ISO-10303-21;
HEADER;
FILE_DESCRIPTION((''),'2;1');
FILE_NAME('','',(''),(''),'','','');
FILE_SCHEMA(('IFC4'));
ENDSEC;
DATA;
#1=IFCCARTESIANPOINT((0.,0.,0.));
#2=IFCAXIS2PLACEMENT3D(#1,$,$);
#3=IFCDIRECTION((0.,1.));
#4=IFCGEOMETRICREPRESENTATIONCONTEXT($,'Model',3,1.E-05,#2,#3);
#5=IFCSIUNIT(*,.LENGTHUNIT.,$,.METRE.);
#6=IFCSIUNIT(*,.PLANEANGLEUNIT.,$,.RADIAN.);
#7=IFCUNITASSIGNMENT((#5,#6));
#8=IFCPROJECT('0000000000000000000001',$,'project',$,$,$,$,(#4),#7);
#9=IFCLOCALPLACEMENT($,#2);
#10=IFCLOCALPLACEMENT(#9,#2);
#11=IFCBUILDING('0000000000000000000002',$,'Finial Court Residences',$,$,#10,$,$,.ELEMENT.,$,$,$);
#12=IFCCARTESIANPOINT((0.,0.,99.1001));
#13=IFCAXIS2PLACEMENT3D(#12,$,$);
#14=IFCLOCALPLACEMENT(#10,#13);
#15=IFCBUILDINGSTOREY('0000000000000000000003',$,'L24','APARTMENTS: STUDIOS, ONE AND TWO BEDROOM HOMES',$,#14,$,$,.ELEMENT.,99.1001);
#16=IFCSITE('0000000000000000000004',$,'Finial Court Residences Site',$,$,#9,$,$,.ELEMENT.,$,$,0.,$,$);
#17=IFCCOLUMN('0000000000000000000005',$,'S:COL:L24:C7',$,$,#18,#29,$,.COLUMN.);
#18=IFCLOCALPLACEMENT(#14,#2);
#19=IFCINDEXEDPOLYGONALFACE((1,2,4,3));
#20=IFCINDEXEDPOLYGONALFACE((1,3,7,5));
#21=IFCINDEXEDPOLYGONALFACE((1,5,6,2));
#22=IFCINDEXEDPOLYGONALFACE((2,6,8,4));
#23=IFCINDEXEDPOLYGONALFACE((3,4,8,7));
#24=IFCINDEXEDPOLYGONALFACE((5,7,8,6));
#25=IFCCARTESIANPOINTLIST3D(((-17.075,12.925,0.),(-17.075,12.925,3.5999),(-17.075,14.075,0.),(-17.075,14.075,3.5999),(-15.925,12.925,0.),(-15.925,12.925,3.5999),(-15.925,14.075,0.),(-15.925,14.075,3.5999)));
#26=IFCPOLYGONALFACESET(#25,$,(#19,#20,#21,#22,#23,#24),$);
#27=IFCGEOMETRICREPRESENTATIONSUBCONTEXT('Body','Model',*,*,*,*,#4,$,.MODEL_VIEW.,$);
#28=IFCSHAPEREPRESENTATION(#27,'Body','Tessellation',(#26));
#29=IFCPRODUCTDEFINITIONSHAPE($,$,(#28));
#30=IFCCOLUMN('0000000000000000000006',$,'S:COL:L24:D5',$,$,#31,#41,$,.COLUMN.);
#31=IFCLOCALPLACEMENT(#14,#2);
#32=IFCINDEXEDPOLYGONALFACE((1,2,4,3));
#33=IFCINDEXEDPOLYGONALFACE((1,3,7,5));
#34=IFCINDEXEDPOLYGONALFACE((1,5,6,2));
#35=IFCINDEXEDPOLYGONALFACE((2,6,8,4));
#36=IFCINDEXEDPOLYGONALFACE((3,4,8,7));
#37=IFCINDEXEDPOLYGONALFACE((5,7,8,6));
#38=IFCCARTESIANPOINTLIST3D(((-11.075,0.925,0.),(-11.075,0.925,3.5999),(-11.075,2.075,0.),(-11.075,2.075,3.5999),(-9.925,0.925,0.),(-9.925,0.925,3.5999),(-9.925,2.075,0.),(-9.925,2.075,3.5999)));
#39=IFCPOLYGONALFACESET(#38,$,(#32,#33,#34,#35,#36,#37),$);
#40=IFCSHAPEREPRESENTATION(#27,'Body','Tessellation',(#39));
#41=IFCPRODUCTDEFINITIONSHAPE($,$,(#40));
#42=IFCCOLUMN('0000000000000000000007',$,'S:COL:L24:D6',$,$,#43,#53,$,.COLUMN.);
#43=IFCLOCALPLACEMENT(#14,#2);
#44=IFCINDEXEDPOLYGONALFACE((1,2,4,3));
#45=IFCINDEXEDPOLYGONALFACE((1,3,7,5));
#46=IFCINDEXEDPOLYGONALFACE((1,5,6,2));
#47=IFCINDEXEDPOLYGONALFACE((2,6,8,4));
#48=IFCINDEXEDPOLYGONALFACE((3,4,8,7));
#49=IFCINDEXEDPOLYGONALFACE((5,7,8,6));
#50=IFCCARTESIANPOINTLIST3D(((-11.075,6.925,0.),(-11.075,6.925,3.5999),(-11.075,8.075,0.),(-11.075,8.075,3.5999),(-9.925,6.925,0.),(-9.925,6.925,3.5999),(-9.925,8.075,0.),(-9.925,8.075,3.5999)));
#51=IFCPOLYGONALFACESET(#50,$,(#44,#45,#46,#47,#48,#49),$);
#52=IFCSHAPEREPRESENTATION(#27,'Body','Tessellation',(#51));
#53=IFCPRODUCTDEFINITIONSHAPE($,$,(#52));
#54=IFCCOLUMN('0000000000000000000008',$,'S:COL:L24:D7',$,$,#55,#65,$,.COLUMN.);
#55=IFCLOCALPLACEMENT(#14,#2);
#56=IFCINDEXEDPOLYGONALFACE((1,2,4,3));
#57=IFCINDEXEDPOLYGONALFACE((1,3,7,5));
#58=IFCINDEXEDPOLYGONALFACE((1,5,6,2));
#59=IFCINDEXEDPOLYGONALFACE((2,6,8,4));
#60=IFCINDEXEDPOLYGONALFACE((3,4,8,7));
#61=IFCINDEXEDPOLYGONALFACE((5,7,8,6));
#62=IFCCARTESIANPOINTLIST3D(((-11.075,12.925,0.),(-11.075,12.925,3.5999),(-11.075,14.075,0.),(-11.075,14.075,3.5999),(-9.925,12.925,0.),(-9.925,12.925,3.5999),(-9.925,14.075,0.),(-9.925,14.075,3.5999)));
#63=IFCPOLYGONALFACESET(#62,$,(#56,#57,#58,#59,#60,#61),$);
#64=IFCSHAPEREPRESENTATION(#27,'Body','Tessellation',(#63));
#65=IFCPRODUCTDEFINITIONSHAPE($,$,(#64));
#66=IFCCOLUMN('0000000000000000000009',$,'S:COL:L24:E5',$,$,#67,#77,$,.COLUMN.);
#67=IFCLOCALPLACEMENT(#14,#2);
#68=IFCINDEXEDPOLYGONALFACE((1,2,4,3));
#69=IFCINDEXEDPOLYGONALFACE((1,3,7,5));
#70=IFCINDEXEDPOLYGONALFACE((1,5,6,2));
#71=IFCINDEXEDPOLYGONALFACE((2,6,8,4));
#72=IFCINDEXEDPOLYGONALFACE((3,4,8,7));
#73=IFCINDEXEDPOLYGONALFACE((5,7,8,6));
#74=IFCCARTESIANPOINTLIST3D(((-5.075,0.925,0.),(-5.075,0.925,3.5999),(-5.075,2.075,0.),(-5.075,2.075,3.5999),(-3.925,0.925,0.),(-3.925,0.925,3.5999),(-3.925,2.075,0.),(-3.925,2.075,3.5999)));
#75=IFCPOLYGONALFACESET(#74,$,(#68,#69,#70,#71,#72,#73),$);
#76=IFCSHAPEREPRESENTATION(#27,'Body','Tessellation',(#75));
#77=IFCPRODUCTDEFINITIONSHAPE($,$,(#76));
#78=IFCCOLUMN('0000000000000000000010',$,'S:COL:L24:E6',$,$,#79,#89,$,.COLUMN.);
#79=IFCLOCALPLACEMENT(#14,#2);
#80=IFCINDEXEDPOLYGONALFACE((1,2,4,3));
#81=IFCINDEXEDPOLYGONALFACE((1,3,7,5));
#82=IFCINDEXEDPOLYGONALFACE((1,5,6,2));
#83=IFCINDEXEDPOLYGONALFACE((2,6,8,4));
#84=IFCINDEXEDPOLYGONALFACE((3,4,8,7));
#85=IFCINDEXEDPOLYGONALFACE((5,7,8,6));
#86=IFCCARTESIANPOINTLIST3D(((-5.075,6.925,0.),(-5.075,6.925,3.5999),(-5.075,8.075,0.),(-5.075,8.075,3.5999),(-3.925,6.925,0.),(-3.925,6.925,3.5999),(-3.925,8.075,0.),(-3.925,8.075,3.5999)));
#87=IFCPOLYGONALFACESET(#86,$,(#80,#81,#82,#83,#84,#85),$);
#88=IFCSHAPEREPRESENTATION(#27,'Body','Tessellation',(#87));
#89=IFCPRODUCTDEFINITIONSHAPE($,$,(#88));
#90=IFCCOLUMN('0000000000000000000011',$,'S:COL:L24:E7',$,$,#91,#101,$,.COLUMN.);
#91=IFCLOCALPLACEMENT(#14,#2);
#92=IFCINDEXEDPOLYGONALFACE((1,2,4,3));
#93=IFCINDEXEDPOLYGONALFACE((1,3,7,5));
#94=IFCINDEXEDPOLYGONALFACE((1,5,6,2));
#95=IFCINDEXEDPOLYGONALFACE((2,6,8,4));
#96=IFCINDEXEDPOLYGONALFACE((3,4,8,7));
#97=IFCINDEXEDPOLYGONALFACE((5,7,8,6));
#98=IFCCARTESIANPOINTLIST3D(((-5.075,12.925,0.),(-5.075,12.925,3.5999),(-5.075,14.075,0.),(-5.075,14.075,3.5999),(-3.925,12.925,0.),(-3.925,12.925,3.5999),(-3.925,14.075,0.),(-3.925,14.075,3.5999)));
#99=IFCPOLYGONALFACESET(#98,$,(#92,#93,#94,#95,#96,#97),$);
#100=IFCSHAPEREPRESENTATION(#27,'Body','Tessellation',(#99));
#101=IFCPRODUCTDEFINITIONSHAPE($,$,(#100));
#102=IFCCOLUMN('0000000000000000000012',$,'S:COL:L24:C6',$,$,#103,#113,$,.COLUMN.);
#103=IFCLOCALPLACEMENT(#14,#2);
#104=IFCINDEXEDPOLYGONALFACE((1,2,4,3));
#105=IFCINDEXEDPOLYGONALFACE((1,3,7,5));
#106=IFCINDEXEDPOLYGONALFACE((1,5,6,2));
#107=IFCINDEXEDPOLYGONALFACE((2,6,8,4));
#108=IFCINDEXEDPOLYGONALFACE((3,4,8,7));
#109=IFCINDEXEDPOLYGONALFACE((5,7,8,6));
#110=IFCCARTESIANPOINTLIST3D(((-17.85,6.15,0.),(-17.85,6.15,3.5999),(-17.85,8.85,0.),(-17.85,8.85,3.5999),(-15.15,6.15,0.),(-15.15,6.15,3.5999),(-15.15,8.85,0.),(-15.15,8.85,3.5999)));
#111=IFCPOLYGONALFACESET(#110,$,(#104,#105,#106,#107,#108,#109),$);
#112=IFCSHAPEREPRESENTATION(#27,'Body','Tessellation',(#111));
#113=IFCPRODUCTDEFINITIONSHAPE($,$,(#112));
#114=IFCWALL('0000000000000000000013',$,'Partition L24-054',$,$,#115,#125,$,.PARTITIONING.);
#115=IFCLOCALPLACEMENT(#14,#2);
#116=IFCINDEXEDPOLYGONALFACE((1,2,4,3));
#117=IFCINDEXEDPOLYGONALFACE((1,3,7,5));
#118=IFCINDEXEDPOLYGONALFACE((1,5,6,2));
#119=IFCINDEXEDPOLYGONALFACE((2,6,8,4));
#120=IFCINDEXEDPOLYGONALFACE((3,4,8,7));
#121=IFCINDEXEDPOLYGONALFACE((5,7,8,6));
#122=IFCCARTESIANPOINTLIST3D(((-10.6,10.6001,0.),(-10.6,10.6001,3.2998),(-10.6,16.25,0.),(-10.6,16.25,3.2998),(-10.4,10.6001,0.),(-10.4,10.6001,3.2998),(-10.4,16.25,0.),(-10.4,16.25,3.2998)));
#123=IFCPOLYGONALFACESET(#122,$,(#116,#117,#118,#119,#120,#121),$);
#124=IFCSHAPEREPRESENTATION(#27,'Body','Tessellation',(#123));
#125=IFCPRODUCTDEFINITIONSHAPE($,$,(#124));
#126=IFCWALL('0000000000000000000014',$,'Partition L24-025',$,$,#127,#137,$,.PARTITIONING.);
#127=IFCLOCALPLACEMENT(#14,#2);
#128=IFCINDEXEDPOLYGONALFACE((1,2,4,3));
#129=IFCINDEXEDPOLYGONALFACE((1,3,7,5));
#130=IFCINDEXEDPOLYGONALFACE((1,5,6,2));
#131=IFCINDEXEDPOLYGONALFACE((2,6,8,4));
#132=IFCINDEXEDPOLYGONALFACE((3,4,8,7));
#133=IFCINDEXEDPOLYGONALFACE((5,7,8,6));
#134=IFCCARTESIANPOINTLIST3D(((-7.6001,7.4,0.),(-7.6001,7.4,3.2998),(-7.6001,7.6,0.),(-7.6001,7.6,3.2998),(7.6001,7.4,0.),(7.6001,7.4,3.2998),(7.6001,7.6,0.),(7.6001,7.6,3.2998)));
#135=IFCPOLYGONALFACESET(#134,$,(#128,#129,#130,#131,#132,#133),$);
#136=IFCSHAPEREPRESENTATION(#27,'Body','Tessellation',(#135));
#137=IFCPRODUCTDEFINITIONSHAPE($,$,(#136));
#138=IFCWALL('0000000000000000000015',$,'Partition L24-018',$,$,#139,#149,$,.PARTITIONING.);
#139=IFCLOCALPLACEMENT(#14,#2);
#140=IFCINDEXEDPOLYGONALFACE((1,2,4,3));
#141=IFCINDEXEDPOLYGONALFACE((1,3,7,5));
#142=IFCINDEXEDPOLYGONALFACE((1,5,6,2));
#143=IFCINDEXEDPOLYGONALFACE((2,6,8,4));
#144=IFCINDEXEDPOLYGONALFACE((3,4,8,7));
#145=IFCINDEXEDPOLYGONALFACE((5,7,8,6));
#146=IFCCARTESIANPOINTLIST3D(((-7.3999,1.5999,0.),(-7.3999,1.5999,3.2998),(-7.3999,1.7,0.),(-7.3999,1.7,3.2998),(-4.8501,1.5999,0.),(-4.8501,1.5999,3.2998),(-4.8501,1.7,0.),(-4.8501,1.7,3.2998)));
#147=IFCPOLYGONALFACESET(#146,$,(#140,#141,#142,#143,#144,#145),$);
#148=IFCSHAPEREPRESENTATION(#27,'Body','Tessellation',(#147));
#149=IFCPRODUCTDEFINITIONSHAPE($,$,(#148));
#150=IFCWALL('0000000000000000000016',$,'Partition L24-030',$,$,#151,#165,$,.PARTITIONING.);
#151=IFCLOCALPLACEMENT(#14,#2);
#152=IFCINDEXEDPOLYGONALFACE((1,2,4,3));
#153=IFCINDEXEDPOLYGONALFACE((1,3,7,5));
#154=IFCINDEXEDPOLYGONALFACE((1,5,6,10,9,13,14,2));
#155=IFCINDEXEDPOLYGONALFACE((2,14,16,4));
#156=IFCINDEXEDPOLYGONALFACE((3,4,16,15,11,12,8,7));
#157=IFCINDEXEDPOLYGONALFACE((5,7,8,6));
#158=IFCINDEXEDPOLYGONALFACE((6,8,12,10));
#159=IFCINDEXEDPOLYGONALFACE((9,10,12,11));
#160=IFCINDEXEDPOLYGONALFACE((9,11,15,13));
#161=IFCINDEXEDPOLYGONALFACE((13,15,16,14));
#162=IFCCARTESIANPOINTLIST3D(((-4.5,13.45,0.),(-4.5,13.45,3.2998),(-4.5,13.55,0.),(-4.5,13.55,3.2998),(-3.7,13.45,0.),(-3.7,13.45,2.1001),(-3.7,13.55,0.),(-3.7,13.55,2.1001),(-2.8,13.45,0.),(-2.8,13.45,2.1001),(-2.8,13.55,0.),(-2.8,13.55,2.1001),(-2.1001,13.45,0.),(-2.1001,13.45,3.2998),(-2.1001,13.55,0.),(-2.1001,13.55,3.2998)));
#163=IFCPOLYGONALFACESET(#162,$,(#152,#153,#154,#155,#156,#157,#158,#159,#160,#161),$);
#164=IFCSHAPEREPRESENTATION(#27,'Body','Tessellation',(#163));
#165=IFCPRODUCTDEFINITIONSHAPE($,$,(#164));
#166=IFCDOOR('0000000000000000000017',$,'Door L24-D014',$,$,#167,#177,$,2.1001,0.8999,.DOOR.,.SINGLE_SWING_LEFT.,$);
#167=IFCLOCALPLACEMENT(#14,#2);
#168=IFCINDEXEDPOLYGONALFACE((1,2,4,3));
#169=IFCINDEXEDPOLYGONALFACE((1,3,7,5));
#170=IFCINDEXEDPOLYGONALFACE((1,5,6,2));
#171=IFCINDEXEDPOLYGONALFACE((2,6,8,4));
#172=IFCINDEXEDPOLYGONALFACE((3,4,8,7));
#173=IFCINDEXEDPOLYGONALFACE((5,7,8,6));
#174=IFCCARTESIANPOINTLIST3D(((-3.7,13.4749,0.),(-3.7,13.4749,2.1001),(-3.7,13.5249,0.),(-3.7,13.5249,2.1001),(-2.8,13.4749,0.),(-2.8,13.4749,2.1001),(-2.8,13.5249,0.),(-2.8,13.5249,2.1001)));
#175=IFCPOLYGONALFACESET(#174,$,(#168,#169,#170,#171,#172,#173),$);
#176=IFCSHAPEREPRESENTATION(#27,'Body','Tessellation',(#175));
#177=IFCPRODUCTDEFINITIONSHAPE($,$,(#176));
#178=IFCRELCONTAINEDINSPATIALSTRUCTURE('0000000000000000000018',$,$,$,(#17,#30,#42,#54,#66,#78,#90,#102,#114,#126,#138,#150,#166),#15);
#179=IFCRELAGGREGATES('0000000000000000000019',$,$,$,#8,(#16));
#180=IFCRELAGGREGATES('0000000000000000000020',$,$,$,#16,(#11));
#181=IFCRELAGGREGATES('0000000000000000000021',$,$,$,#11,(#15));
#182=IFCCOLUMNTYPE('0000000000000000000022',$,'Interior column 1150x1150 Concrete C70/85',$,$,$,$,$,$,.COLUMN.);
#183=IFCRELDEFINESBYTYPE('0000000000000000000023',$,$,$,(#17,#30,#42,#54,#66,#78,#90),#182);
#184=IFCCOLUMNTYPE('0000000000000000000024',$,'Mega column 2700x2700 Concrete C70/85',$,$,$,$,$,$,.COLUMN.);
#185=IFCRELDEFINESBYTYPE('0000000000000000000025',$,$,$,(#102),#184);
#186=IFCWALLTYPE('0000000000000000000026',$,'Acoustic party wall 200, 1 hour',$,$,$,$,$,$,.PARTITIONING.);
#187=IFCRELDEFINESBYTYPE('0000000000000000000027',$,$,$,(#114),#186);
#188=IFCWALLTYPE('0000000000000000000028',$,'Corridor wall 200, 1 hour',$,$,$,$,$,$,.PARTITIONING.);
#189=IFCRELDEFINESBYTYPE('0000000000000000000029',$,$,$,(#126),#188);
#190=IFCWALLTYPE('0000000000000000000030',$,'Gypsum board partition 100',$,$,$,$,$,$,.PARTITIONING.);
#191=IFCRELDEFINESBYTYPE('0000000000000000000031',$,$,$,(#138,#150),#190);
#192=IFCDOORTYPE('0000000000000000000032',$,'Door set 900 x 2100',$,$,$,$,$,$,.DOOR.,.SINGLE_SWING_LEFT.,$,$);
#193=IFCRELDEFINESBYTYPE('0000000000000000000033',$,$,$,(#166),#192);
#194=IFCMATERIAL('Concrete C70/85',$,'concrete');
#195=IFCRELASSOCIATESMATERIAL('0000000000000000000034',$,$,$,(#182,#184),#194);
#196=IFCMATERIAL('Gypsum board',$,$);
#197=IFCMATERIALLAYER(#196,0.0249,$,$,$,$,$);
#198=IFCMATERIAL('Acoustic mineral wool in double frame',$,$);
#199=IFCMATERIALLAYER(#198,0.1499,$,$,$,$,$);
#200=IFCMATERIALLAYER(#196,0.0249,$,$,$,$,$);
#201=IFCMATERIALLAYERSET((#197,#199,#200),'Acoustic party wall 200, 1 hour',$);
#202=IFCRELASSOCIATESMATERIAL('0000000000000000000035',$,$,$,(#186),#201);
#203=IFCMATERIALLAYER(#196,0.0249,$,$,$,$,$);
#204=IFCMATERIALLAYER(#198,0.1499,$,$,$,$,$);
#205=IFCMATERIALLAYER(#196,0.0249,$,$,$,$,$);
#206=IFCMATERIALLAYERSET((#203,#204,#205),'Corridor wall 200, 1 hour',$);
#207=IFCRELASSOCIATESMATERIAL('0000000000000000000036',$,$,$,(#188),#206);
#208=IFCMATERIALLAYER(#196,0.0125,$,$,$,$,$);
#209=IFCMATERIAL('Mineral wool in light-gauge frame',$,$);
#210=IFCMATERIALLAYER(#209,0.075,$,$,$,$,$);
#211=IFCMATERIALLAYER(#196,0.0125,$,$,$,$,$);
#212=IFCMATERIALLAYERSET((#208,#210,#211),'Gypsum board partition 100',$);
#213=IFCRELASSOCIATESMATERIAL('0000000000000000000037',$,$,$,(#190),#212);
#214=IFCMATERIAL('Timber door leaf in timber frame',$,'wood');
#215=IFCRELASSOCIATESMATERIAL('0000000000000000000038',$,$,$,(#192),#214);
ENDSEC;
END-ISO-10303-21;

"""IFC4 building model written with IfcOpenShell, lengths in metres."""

from ifc_helpers import new_model, si_unit, direction, frame, frame_2d, origin, origin_2d, place, context, subcontext, project, spatial, rectangle, extrude, material, layer, layer_set, material_profile, profile_set, type_object, element, fill, save


model = new_model("IFC4")

# Units and contexts
model_context = context("Model", 3, precision=1e-05, world=origin(), true_north=direction((0.0, 1.0)))
body_context = subcontext(model_context, "Body", "Model", "MODEL_VIEW")
ifc_project = project(units=[si_unit("LENGTHUNIT", "METRE"), si_unit("PLANEANGLEUNIT", "RADIAN")], contexts=[model_context])

# Site, building, storey
site_placement = place(None, origin())
site = spatial("IfcSite", under=ifc_project, at=site_placement, Name="Finial Court Residences Site", CompositionType="ELEMENT", RefElevation=0.0)
building_placement = place(site_placement, origin())
building = spatial("IfcBuilding", under=site, at=building_placement, Name="Finial Court Residences", CompositionType="ELEMENT")
storey_placement = place(building_placement, frame((0.0, 0.0, 99.1001)))
storey = spatial("IfcBuildingStorey", under=building, at=storey_placement, Name="L24", Description="APARTMENTS: STUDIOS, ONE AND TWO BEDROOM HOMES", CompositionType="ELEMENT", Elevation=99.1001)

# Columns
ifc_material_1 = material(Name="Concrete C70/85", Category="concrete")
ifc_material_profile_1 = material_profile(ifc_material_1, rectangle(XDim=1.1499, YDim=1.1499, at=origin_2d()), Name="1150x1150")
ifc_profile_set_1 = profile_set([ifc_material_profile_1], Name="Concrete C70/85")
column_type_1 = type_object("IfcColumnType", Name="Interior column 1150x1150 Concrete C70/85", PredefinedType="COLUMN", material=ifc_profile_set_1)
for number, where, z_axis, x_axis, name in (
    (1, (-16.5, 13.5, 0.0), (0.0, 0.0, 1.0), (1.0, 0.0, 0.0), "S:COL:L24:C7"),
    (2, (-10.5, 1.5, 0.0), (0.0, 0.0, 1.0), (1.0, 0.0, 0.0), "S:COL:L24:D5"),
    (3, (-10.5, 7.5, 0.0), (0.0, 0.0, 1.0), (1.0, 0.0, 0.0), "S:COL:L24:D6"),
    (4, (-10.5, 13.5, 0.0), (0.0, 0.0, 1.0), (1.0, 0.0, 0.0), "S:COL:L24:D7"),
    (5, (-4.5, 1.5, 0.0), (0.0, 0.0, 1.0), (1.0, 0.0, 0.0), "S:COL:L24:E5"),
    (6, (-4.5, 7.5, 0.0), (0.0, 0.0, 1.0), (1.0, 0.0, 0.0), "S:COL:L24:E6"),
    (7, (-4.5, 13.5, 0.0), (0.0, 0.0, 1.0), (1.0, 0.0, 0.0), "S:COL:L24:E7"),
):
    element("IfcColumn", number, at=place(storey_placement, frame(where, z_axis=z_axis, x_axis=x_axis)), inside=storey, type_object=column_type_1, Name=name, PredefinedType="COLUMN", context=body_context, shape_type="SweptSolid", body=[
        extrude(rectangle(XDim=1.1499, YDim=1.1499, at=origin_2d()), origin(), (0.0, 0.0, 1.0), 3.5999),
    ])
ifc_material_profile_2 = material_profile(ifc_material_1, rectangle(XDim=2.7, YDim=2.7, at=origin_2d()), Name="2700x2700")
ifc_profile_set_2 = profile_set([ifc_material_profile_2], Name="Concrete C70/85")
column_type_2 = type_object("IfcColumnType", Name="Mega column 2700x2700 Concrete C70/85", PredefinedType="COLUMN", material=ifc_profile_set_2)
column_placement = place(storey_placement, frame((-16.5, 7.5, 0.0), z_axis=(0.0, 0.0, 1.0), x_axis=(1.0, 0.0, 0.0)))
element("IfcColumn", 8, at=column_placement, inside=storey, type_object=column_type_2, Name="S:COL:L24:C6", PredefinedType="COLUMN", context=body_context, shape_type="SweptSolid", body=[
    extrude(rectangle(XDim=2.7, YDim=2.7, at=origin_2d()), origin(), (0.0, 0.0, 1.0), 3.5999),
])

# Walls
ifc_material_2 = material(Name="Gypsum board")
ifc_layer_1 = layer(ifc_material_2, 0.0249)
ifc_material_3 = material(Name="Acoustic mineral wool in double frame")
ifc_layer_2 = layer(ifc_material_3, 0.1499)
ifc_layer_3 = layer(ifc_material_2, 0.0249)
ifc_layer_set_1 = layer_set([ifc_layer_1, ifc_layer_2, ifc_layer_3], Name="Acoustic party wall 200, 1 hour")
wall_type_1 = type_object("IfcWallType", Name="Acoustic party wall 200, 1 hour", PredefinedType="PARTITIONING", material=ifc_layer_set_1)
wall_1_placement = place(storey_placement, frame((-10.5, 10.6001, 0.0), z_axis=(0.0, 0.0, 1.0), x_axis=(0.0, 1.0, 0.0)))
element("IfcWall", 9, at=wall_1_placement, inside=storey, type_object=wall_type_1, Name="Partition L24-054", PredefinedType="PARTITIONING", context=body_context, shape_type="SweptSolid", body=[
    extrude(rectangle(XDim=5.6499, YDim=0.2, at=frame_2d((2.825, 0.0))), origin(), (0.0, 0.0, 1.0), 3.2998),
])
ifc_layer_4 = layer(ifc_material_2, 0.0249)
ifc_layer_5 = layer(ifc_material_3, 0.1499)
ifc_layer_6 = layer(ifc_material_2, 0.0249)
ifc_layer_set_2 = layer_set([ifc_layer_4, ifc_layer_5, ifc_layer_6], Name="Corridor wall 200, 1 hour")
wall_type_2 = type_object("IfcWallType", Name="Corridor wall 200, 1 hour", PredefinedType="PARTITIONING", material=ifc_layer_set_2)
wall_2_placement = place(storey_placement, frame((-7.6001, 7.5, 0.0), z_axis=(0.0, 0.0, 1.0), x_axis=(1.0, 0.0, 0.0)))
element("IfcWall", 10, at=wall_2_placement, inside=storey, type_object=wall_type_2, Name="Partition L24-025", PredefinedType="PARTITIONING", context=body_context, shape_type="SweptSolid", body=[
    extrude(rectangle(XDim=15.2002, YDim=0.2, at=frame_2d((7.6001, 0.0))), origin(), (0.0, 0.0, 1.0), 3.2998),
])
ifc_layer_7 = layer(ifc_material_2, 0.0125)
ifc_material_4 = material(Name="Mineral wool in light-gauge frame")
ifc_layer_8 = layer(ifc_material_4, 0.075)
ifc_layer_9 = layer(ifc_material_2, 0.0125)
ifc_layer_set_3 = layer_set([ifc_layer_7, ifc_layer_8, ifc_layer_9], Name="Gypsum board partition 100")
wall_type_3 = type_object("IfcWallType", Name="Gypsum board partition 100", PredefinedType="PARTITIONING", material=ifc_layer_set_3)
wall_3_placement = place(storey_placement, frame((-7.3999, 1.6499, 0.0), z_axis=(0.0, 0.0, 1.0), x_axis=(1.0, 0.0, 0.0)))
element("IfcWall", 11, at=wall_3_placement, inside=storey, type_object=wall_type_3, Name="Partition L24-018", PredefinedType="PARTITIONING", context=body_context, shape_type="SweptSolid", body=[
    extrude(rectangle(XDim=2.5498, YDim=0.1001, at=frame_2d((1.2749, 0.0))), origin(), (0.0, 0.0, 1.0), 3.2998),
])

# Wall, opening, door
wall_4_placement = place(storey_placement, frame((-4.5, 13.5, 0.0), z_axis=(0.0, 0.0, 1.0), x_axis=(1.0, 0.0, 0.0)))
wall_4 = element("IfcWall", 12, at=wall_4_placement, inside=storey, type_object=wall_type_3, Name="Partition L24-030", PredefinedType="PARTITIONING", context=body_context, shape_type="SweptSolid", body=[
    extrude(rectangle(XDim=2.3999, YDim=0.1001, at=frame_2d((1.2, 0.0))), origin(), (0.0, 0.0, 1.0), 3.2998),
])
opening_1_placement = place(wall_4_placement, frame((0.8, 0.0, 0.0)))
opening_1 = element("IfcOpeningElement", 13, at=opening_1_placement, cuts=wall_4, PredefinedType="OPENING", context=body_context, shape_type="SweptSolid", body=[
    extrude(rectangle(XDim=0.8999, YDim=2.1001, at=frame_2d((0.45, 1.05))), frame((0.0, 0.0601, 0.0), z_axis=(0.0, -1.0, 0.0), x_axis=(1.0, 0.0, 0.0)), (0.0, 0.0, 1.0), 0.1201),
])
ifc_material_5 = material(Name="Timber door leaf in timber frame", Category="wood")
door_type = type_object("IfcDoorType", Name="Door set 900 x 2100", OperationType="SINGLE_SWING_LEFT", PredefinedType="DOOR", material=ifc_material_5)
door_1_placement = place(opening_1_placement, origin())
door_1 = element("IfcDoor", 14, at=door_1_placement, inside=storey, type_object=door_type, Name="Door L24-D014", OperationType="SINGLE_SWING_LEFT", OverallHeight=2.1001, OverallWidth=0.8999, PredefinedType="DOOR", context=body_context, shape_type="SweptSolid", body=[
    extrude(rectangle(XDim=0.8999, YDim=2.1001, at=frame_2d((0.45, 1.05))), frame((0.0, 0.0249, 0.0), z_axis=(0.0, -1.0, 0.0), x_axis=(1.0, 0.0, 0.0)), (0.0, 0.0, 1.0), 0.05),
])
fill(opening_1, door_1)

save(model, "model.ifc")
